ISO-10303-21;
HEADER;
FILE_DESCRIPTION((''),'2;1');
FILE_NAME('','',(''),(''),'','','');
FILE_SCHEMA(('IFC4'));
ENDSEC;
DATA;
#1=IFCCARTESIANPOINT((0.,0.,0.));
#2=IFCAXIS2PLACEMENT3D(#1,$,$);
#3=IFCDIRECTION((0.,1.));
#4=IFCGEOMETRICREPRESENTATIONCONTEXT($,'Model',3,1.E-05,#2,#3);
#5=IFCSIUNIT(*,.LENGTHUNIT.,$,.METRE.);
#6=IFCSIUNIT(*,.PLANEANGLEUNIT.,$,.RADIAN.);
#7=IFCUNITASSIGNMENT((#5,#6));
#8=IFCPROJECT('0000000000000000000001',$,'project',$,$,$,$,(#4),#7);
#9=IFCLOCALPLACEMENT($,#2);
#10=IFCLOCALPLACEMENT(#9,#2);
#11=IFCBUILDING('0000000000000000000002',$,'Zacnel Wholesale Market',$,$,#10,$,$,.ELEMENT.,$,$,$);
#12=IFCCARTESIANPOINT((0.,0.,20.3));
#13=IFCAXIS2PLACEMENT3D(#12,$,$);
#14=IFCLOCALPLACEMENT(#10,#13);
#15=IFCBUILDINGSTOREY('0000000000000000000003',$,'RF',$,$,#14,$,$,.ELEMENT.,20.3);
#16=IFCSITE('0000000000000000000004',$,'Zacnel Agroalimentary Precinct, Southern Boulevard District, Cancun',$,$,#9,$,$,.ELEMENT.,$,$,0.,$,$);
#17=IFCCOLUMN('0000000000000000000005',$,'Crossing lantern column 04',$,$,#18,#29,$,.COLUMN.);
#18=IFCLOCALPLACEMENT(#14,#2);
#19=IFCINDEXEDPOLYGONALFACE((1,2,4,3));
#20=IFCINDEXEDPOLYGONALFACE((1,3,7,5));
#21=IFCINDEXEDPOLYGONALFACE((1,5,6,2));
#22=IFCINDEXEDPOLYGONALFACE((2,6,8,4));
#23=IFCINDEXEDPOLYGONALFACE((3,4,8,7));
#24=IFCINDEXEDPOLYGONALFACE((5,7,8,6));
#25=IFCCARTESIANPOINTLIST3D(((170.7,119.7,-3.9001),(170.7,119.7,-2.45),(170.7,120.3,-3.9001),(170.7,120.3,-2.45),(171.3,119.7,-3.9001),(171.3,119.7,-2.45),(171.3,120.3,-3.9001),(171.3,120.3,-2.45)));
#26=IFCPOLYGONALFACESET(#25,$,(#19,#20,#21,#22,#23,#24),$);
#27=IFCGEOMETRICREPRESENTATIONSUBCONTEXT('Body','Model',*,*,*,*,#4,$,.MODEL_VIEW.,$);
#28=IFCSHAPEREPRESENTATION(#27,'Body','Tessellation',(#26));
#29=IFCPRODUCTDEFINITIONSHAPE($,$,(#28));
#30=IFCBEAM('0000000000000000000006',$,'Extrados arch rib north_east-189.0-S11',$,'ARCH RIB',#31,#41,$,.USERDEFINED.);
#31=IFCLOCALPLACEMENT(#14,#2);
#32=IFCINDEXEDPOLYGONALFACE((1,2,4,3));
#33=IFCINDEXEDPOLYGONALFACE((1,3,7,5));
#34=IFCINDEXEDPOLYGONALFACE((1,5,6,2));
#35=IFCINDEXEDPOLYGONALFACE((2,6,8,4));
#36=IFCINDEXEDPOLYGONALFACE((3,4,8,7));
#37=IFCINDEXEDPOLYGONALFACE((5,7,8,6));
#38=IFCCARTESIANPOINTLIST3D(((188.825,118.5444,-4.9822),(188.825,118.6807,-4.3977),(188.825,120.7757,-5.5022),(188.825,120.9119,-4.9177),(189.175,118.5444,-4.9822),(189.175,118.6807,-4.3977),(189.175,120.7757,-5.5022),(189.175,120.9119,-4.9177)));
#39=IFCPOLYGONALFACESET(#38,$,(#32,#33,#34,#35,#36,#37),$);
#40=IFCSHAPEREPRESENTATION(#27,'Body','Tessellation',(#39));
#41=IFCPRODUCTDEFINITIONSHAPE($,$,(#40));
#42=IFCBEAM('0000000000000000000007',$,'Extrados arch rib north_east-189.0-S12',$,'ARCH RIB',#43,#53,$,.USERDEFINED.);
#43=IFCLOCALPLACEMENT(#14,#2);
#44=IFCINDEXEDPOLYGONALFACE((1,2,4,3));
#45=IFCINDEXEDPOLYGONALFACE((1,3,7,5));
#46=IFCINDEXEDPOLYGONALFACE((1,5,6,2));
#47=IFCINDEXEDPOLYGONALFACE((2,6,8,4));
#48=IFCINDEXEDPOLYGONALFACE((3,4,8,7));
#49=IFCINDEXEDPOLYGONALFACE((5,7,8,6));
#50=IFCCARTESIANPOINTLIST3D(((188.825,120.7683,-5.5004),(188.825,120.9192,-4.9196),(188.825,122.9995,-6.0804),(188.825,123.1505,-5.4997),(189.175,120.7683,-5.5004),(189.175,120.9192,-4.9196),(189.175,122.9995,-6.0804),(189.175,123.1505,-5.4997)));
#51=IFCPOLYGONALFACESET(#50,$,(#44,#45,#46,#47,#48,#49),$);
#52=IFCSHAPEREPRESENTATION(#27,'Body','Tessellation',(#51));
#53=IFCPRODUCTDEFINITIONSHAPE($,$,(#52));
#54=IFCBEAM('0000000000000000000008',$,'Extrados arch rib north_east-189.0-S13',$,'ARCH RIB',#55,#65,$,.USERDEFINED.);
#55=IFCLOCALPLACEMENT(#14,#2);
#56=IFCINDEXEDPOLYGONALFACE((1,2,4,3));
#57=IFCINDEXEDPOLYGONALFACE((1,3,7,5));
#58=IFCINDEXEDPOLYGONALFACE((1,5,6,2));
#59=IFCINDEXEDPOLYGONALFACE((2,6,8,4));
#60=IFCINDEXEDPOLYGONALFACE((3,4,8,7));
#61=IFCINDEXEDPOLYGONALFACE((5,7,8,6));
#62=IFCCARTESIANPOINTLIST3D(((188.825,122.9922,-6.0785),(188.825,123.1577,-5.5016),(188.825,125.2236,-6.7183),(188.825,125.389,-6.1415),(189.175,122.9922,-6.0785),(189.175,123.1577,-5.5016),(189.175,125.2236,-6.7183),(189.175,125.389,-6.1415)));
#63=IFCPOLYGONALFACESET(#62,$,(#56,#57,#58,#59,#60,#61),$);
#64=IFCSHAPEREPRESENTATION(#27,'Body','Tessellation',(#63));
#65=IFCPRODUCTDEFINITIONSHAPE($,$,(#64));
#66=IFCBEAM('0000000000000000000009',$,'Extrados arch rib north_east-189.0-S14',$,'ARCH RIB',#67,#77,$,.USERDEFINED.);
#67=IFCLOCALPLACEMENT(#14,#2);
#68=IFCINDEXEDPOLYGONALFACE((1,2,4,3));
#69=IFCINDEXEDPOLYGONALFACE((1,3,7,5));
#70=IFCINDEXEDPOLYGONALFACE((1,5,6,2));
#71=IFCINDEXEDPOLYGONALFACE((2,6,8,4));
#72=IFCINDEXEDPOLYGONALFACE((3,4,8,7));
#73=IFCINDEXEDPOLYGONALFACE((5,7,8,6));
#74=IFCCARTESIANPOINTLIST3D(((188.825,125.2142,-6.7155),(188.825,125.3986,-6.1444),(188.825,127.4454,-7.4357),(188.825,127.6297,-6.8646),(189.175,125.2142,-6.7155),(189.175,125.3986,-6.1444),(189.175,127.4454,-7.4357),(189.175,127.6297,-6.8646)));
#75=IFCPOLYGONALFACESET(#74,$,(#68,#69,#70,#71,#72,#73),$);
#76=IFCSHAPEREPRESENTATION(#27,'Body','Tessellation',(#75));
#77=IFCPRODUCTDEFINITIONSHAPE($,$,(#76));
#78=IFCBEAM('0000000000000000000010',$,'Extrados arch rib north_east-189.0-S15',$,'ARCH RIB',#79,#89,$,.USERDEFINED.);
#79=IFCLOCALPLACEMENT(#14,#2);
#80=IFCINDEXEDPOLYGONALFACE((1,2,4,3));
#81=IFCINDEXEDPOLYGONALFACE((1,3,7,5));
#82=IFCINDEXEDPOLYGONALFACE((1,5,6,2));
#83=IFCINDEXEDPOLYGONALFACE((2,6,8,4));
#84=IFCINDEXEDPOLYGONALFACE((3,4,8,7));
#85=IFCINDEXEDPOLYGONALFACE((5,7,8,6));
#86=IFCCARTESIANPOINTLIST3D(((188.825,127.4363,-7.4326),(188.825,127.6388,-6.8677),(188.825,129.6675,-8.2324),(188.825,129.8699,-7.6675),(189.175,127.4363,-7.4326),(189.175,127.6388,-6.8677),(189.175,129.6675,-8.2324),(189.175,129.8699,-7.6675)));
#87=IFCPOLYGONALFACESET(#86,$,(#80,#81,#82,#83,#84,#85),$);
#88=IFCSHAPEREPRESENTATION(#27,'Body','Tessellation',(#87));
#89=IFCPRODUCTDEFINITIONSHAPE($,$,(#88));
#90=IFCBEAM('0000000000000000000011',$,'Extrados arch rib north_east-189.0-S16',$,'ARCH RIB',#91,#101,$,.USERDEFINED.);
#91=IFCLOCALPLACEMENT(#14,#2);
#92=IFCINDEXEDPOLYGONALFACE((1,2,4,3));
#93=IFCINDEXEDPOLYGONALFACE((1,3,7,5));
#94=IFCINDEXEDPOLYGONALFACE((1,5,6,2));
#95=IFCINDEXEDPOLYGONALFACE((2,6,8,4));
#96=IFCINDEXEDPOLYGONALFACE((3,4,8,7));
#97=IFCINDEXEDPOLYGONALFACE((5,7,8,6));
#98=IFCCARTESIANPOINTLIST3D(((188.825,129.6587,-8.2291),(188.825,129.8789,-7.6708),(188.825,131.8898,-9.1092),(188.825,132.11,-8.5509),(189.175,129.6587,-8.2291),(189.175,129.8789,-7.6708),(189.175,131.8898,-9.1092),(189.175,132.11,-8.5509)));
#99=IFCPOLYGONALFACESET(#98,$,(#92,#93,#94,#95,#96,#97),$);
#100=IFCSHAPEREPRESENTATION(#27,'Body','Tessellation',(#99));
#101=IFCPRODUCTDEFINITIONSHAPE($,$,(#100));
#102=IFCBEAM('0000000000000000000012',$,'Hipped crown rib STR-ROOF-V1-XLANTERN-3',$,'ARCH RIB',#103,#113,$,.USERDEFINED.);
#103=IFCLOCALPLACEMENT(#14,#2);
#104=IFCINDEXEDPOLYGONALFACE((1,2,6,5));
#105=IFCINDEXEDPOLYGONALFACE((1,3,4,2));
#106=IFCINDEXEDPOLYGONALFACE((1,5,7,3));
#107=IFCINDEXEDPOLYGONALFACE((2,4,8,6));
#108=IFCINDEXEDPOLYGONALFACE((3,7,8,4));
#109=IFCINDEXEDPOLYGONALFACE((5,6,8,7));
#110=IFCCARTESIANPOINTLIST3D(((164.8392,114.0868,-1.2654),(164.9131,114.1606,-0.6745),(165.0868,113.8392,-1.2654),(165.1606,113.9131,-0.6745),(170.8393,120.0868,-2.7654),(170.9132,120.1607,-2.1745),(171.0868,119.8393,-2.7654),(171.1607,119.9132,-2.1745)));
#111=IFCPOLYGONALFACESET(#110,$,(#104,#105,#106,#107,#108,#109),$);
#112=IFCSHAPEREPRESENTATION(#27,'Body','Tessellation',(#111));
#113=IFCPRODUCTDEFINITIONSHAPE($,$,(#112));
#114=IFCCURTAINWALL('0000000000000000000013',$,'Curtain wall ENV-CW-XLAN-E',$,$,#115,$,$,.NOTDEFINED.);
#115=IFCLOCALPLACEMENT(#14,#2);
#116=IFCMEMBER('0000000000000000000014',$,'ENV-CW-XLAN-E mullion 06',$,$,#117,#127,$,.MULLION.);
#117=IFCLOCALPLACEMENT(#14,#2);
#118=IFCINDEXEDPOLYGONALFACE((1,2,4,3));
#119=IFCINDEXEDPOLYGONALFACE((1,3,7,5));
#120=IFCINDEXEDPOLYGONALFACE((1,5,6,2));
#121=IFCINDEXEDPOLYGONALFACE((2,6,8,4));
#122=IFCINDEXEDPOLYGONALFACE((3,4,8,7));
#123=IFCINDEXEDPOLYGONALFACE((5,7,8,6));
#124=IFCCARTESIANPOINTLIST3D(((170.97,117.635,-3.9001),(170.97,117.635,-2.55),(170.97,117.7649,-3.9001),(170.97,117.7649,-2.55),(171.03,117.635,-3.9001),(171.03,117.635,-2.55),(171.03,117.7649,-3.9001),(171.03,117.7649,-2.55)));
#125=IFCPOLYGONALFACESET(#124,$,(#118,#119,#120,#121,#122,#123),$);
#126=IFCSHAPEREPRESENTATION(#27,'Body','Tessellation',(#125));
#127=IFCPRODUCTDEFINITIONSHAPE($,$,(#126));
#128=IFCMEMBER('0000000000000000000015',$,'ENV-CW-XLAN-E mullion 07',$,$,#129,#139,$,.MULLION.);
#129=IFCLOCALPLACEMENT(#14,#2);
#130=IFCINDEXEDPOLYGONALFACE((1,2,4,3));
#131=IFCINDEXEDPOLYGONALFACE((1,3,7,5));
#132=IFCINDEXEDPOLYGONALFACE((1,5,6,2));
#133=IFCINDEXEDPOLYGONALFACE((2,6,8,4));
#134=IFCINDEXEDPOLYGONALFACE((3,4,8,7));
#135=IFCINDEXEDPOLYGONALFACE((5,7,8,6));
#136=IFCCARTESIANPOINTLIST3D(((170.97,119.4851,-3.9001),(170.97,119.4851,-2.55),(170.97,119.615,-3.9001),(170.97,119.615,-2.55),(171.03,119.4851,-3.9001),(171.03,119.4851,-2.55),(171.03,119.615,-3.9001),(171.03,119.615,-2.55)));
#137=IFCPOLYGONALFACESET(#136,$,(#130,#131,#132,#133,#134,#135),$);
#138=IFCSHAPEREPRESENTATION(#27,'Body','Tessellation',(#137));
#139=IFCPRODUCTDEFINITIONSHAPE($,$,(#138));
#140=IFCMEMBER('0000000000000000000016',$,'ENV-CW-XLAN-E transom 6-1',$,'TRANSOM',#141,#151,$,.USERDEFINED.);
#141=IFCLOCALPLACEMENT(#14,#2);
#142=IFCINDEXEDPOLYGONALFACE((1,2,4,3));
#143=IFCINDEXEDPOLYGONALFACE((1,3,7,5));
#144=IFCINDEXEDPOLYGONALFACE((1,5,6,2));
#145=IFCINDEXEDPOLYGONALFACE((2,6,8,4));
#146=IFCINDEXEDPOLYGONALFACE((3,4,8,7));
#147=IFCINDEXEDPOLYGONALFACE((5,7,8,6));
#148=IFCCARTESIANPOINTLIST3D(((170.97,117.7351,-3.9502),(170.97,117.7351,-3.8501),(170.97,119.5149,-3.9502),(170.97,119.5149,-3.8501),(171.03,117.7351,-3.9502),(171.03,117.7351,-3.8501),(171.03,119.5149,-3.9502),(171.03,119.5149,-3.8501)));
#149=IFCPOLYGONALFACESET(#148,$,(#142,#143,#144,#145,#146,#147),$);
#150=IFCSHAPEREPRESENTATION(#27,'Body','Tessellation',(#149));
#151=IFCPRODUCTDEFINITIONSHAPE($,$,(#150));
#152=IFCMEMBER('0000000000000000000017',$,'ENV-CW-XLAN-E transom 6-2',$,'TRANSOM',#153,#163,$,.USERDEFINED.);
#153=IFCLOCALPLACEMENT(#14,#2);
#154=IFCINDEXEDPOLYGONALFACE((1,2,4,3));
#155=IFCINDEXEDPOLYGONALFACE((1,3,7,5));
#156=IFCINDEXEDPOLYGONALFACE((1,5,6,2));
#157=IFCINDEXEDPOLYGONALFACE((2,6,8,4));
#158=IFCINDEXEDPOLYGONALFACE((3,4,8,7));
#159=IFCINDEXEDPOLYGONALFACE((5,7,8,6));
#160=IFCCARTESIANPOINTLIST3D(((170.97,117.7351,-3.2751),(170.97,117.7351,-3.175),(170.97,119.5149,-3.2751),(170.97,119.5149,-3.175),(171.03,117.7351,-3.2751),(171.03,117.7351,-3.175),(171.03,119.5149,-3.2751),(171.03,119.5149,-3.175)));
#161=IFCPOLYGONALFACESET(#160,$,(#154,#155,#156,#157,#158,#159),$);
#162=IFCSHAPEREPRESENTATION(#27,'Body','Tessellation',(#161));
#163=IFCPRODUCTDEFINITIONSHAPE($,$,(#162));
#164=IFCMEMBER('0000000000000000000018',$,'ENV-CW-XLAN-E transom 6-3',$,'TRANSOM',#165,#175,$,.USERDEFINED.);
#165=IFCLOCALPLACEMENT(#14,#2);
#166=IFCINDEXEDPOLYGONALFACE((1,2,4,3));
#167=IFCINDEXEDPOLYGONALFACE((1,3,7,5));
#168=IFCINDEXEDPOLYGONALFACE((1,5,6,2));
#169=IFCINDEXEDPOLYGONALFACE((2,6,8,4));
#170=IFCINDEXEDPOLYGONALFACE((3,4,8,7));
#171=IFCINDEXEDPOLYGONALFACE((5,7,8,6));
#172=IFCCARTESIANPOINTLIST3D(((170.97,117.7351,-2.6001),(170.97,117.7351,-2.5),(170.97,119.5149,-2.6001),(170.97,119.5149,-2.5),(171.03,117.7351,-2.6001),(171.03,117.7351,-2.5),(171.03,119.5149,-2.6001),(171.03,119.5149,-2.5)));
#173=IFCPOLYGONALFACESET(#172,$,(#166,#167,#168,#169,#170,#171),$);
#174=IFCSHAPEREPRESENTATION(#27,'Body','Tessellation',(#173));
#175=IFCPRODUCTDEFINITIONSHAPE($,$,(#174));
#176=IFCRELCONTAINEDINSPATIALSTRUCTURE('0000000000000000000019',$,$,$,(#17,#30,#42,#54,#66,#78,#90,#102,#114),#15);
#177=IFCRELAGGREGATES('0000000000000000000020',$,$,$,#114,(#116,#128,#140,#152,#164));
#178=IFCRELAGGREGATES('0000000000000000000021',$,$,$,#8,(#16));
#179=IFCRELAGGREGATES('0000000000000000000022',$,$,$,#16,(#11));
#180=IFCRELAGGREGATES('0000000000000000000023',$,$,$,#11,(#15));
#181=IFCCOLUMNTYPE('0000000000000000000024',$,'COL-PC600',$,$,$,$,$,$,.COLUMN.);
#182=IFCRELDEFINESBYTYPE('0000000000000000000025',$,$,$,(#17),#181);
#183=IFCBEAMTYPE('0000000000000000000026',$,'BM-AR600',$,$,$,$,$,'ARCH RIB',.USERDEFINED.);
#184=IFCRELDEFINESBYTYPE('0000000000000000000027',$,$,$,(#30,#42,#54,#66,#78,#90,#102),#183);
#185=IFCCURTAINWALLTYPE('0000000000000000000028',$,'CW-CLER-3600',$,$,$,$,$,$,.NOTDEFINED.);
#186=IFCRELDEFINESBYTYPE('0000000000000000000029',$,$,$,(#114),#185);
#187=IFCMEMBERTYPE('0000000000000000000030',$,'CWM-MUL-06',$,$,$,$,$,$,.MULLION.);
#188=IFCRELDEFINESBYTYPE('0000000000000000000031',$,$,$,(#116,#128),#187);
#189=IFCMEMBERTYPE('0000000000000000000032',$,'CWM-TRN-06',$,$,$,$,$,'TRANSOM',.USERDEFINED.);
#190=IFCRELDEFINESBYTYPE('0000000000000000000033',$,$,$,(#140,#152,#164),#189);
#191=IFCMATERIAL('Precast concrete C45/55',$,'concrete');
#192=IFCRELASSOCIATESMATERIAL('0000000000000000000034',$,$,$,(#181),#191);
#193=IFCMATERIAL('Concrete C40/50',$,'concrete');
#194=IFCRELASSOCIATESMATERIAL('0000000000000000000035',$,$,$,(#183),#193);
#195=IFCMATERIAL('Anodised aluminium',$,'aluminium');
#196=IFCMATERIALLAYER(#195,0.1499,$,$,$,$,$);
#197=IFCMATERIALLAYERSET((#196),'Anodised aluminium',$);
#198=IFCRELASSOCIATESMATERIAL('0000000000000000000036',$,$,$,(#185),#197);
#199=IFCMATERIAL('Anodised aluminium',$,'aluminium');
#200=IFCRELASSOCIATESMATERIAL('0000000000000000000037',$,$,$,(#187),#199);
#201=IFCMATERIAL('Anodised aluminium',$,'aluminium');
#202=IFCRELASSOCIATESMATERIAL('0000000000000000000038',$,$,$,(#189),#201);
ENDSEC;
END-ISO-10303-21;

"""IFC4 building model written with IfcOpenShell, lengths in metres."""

from ifc_helpers import new_model, si_unit, direction, frame, origin, origin_2d, place, context, subcontext, project, spatial, rectangle, extrude, material, layer, layer_set, material_profile, profile_set, type_object, element, aggregate, save


model = new_model("IFC4")

# Units and contexts
model_context = context("Model", 3, precision=1e-05, world=origin(), true_north=direction((0.0, 1.0)))
body_context = subcontext(model_context, "Body", "Model", "MODEL_VIEW")
ifc_project = project(units=[si_unit("LENGTHUNIT", "METRE"), si_unit("PLANEANGLEUNIT", "RADIAN")], contexts=[model_context])

# Site, building, storey
site_placement = place(None, origin())
site = spatial("IfcSite", under=ifc_project, at=site_placement, Name="Zacnel Agroalimentary Precinct, Southern Boulevard District, Cancun", CompositionType="ELEMENT", RefElevation=0.0)
building_placement = place(site_placement, origin())
building = spatial("IfcBuilding", under=site, at=building_placement, Name="Zacnel Wholesale Market", CompositionType="ELEMENT")
storey_placement = place(building_placement, frame((0.0, 0.0, 20.3)))
storey = spatial("IfcBuildingStorey", under=building, at=storey_placement, Name="RF", CompositionType="ELEMENT", Elevation=20.3)

# Column
ifc_material_1 = material(Name="Precast concrete C45/55", Category="concrete")
ifc_material_profile_1 = material_profile(ifc_material_1, rectangle(XDim=0.6001, YDim=0.6001, at=origin_2d()), Name="PC 600x600")
ifc_profile_set_1 = profile_set([ifc_material_profile_1], Name="Precast concrete C45/55")
column_type = type_object("IfcColumnType", Name="COL-PC600", PredefinedType="COLUMN", material=ifc_profile_set_1)
column_placement = place(storey_placement, frame((171.0, 120.0, -3.9001), z_axis=(0.0, 0.0, 1.0), x_axis=(1.0, 0.0, 0.0)))
element("IfcColumn", 1, at=column_placement, inside=storey, type_object=column_type, Name="Crossing lantern column 04", PredefinedType="COLUMN", context=body_context, shape_type="SweptSolid", body=[
    extrude(rectangle(XDim=0.6001, YDim=0.6001, at=origin_2d()), origin(), (0.0, 0.0, 1.0), 1.4502),
])

# Beams
ifc_material_2 = material(Name="Concrete C40/50", Category="concrete")
ifc_material_profile_2 = material_profile(ifc_material_2, rectangle(XDim=0.3501, YDim=0.6001, at=origin_2d()), Name="ARCH RIB 350x600")
ifc_profile_set_2 = profile_set([ifc_material_profile_2], Name="Concrete C40/50")
beam_type = type_object("IfcBeamType", Name="BM-AR600", ElementType="ARCH RIB", PredefinedType="USERDEFINED", material=ifc_profile_set_2)
beam_1_placement = place(storey_placement, frame((189.0, 118.6125, -4.6899), z_axis=(0.0, 0.973899, -0.226984), x_axis=(-1.0, 0.0, 0.0)))
element("IfcBeam", 2, at=beam_1_placement, inside=storey, type_object=beam_type, Name="Extrados arch rib north_east-189.0-S11", ObjectType="ARCH RIB", PredefinedType="USERDEFINED", context=body_context, shape_type="SweptSolid", body=[
    extrude(rectangle(XDim=0.3501, YDim=0.6001, at=origin_2d()), origin(), (0.0, 0.0, 1.0), 2.291),
])
beam_2_placement = place(storey_placement, frame((189.0, 120.8438, -5.21), z_axis=(0.0, 0.967826, -0.25162), x_axis=(-1.0, 0.0, 0.0)))
element("IfcBeam", 3, at=beam_2_placement, inside=storey, type_object=beam_type, Name="Extrados arch rib north_east-189.0-S12", ObjectType="ARCH RIB", PredefinedType="USERDEFINED", context=body_context, shape_type="SweptSolid", body=[
    extrude(rectangle(XDim=0.3501, YDim=0.6001, at=origin_2d()), origin(), (0.0, 0.0, 1.0), 2.3054),
])
beam_3_placement = place(storey_placement, frame((189.0, 123.075, -5.79), z_axis=(0.0, 0.961258, -0.275652), x_axis=(-1.0, 0.0, 0.0)))
element("IfcBeam", 4, at=beam_3_placement, inside=storey, type_object=beam_type, Name="Extrados arch rib north_east-189.0-S13", ObjectType="ARCH RIB", PredefinedType="USERDEFINED", context=body_context, shape_type="SweptSolid", body=[
    extrude(rectangle(XDim=0.3501, YDim=0.6001, at=origin_2d()), origin(), (0.0, 0.0, 1.0), 2.3213),
])
beam_4_placement = place(storey_placement, frame((189.0, 125.3064, -6.4299), z_axis=(0.0, 0.95165, -0.307185), x_axis=(-1.0, 0.0, 0.0)))
element("IfcBeam", 5, at=beam_4_placement, inside=storey, type_object=beam_type, Name="Extrados arch rib north_east-189.0-S14", ObjectType="ARCH RIB", PredefinedType="USERDEFINED", context=body_context, shape_type="SweptSolid", body=[
    extrude(rectangle(XDim=0.3501, YDim=0.6001, at=origin_2d()), origin(), (0.0, 0.0, 1.0), 2.3445),
])
beam_5_placement = place(storey_placement, frame((189.0, 127.5376, -7.1501), z_axis=(0.0, 0.941347, -0.337439), x_axis=(-1.0, 0.0, 0.0)))
element("IfcBeam", 6, at=beam_5_placement, inside=storey, type_object=beam_type, Name="Extrados arch rib north_east-189.0-S15", ObjectType="ARCH RIB", PredefinedType="USERDEFINED", context=body_context, shape_type="SweptSolid", body=[
    extrude(rectangle(XDim=0.3501, YDim=0.6001, at=origin_2d()), origin(), (0.0, 0.0, 1.0), 2.3701),
])
beam_6_placement = place(storey_placement, frame((189.0, 129.7688, -7.95), z_axis=(0.0, 0.930242, -0.366946), x_axis=(-1.0, 0.0, 0.0)))
element("IfcBeam", 7, at=beam_6_placement, inside=storey, type_object=beam_type, Name="Extrados arch rib north_east-189.0-S16", ObjectType="ARCH RIB", PredefinedType="USERDEFINED", context=body_context, shape_type="SweptSolid", body=[
    extrude(rectangle(XDim=0.3501, YDim=0.6001, at=origin_2d()), origin(), (0.0, 0.0, 1.0), 2.3984),
])
beam_7_placement = place(storey_placement, frame((171.0, 120.0, -2.47), z_axis=(-0.696311, -0.696311, 0.174078), x_axis=(0.707107, -0.707107, 0.0)))
element("IfcBeam", 8, at=beam_7_placement, inside=storey, type_object=beam_type, Name="Hipped crown rib STR-ROOF-V1-XLANTERN-3", ObjectType="ARCH RIB", PredefinedType="USERDEFINED", context=body_context, shape_type="SweptSolid", body=[
    extrude(rectangle(XDim=0.3501, YDim=0.6001, at=origin_2d()), origin(), (0.0, 0.0, 1.0), 8.6169),
])

# Curtain wall, members
ifc_material_3 = material(Name="Anodised aluminium", Category="aluminium")
ifc_layer_1 = layer(ifc_material_3, 0.1499)
ifc_layer_set_1 = layer_set([ifc_layer_1], Name="Anodised aluminium")
curtain_wall_type = type_object("IfcCurtainWallType", Name="CW-CLER-3600", PredefinedType="NOTDEFINED", material=ifc_layer_set_1)
curtain_wall_placement = place(storey_placement, origin())
curtain_wall = element("IfcCurtainWall", 9, at=curtain_wall_placement, inside=storey, type_object=curtain_wall_type, Name="Curtain wall ENV-CW-XLAN-E", PredefinedType="NOTDEFINED")
ifc_material_4 = material(Name="Anodised aluminium", Category="aluminium")
ifc_material_profile_3 = material_profile(ifc_material_4, rectangle(XDim=0.0601, YDim=0.1299, at=origin_2d()), Name="AW-MULLION 60x130")
ifc_profile_set_3 = profile_set([ifc_material_profile_3], Name="Anodised aluminium")
member_type_1 = type_object("IfcMemberType", Name="CWM-MUL-06", PredefinedType="MULLION", material=ifc_profile_set_3)
member_1_placement = place(storey_placement, frame((171.0, 117.7, -3.9001), z_axis=(0.0, 0.0, 1.0), x_axis=(1.0, 0.0, 0.0)))
member_1 = element("IfcMember", 10, at=member_1_placement, type_object=member_type_1, Name="ENV-CW-XLAN-E mullion 06", PredefinedType="MULLION", context=body_context, shape_type="SweptSolid", body=[
    extrude(rectangle(XDim=0.0601, YDim=0.1299, at=origin_2d()), origin(), (0.0, 0.0, 1.0), 1.3501),
])
member_2_placement = place(storey_placement, frame((171.0, 119.55, -3.9001), z_axis=(0.0, 0.0, 1.0), x_axis=(1.0, 0.0, 0.0)))
member_2 = element("IfcMember", 11, at=member_2_placement, type_object=member_type_1, Name="ENV-CW-XLAN-E mullion 07", PredefinedType="MULLION", context=body_context, shape_type="SweptSolid", body=[
    extrude(rectangle(XDim=0.0601, YDim=0.1299, at=origin_2d()), origin(), (0.0, 0.0, 1.0), 1.3501),
])
ifc_material_5 = material(Name="Anodised aluminium", Category="aluminium")
ifc_material_profile_4 = material_profile(ifc_material_5, rectangle(XDim=0.0601, YDim=0.1001, at=origin_2d()), Name="AW-TRANSOM 60x100")
ifc_profile_set_4 = profile_set([ifc_material_profile_4], Name="Anodised aluminium")
member_type_2 = type_object("IfcMemberType", Name="CWM-TRN-06", ElementType="TRANSOM", PredefinedType="USERDEFINED", material=ifc_profile_set_4)
member_3_placement = place(storey_placement, frame((171.0, 117.7351, -3.9001), z_axis=(0.0, 1.0, 0.0), x_axis=(-1.0, 0.0, 0.0)))
member_3 = element("IfcMember", 12, at=member_3_placement, type_object=member_type_2, Name="ENV-CW-XLAN-E transom 6-1", ObjectType="TRANSOM", PredefinedType="USERDEFINED", context=body_context, shape_type="SweptSolid", body=[
    extrude(rectangle(XDim=0.0601, YDim=0.1001, at=origin_2d()), origin(), (0.0, 0.0, 1.0), 1.7798),
])
member_4_placement = place(storey_placement, frame((171.0, 117.7351, -3.2251), z_axis=(0.0, 1.0, 0.0), x_axis=(-1.0, 0.0, 0.0)))
member_4 = element("IfcMember", 13, at=member_4_placement, type_object=member_type_2, Name="ENV-CW-XLAN-E transom 6-2", ObjectType="TRANSOM", PredefinedType="USERDEFINED", context=body_context, shape_type="SweptSolid", body=[
    extrude(rectangle(XDim=0.0601, YDim=0.1001, at=origin_2d()), origin(), (0.0, 0.0, 1.0), 1.7798),
])
member_5_placement = place(storey_placement, frame((171.0, 117.7351, -2.55), z_axis=(0.0, 1.0, 0.0), x_axis=(-1.0, 0.0, 0.0)))
member_5 = element("IfcMember", 14, at=member_5_placement, type_object=member_type_2, Name="ENV-CW-XLAN-E transom 6-3", ObjectType="TRANSOM", PredefinedType="USERDEFINED", context=body_context, shape_type="SweptSolid", body=[
    extrude(rectangle(XDim=0.0601, YDim=0.1001, at=origin_2d()), origin(), (0.0, 0.0, 1.0), 1.7798),
])

aggregate(curtain_wall, [member_1, member_2, member_3, member_4, member_5])

save(model, "model.ifc")
